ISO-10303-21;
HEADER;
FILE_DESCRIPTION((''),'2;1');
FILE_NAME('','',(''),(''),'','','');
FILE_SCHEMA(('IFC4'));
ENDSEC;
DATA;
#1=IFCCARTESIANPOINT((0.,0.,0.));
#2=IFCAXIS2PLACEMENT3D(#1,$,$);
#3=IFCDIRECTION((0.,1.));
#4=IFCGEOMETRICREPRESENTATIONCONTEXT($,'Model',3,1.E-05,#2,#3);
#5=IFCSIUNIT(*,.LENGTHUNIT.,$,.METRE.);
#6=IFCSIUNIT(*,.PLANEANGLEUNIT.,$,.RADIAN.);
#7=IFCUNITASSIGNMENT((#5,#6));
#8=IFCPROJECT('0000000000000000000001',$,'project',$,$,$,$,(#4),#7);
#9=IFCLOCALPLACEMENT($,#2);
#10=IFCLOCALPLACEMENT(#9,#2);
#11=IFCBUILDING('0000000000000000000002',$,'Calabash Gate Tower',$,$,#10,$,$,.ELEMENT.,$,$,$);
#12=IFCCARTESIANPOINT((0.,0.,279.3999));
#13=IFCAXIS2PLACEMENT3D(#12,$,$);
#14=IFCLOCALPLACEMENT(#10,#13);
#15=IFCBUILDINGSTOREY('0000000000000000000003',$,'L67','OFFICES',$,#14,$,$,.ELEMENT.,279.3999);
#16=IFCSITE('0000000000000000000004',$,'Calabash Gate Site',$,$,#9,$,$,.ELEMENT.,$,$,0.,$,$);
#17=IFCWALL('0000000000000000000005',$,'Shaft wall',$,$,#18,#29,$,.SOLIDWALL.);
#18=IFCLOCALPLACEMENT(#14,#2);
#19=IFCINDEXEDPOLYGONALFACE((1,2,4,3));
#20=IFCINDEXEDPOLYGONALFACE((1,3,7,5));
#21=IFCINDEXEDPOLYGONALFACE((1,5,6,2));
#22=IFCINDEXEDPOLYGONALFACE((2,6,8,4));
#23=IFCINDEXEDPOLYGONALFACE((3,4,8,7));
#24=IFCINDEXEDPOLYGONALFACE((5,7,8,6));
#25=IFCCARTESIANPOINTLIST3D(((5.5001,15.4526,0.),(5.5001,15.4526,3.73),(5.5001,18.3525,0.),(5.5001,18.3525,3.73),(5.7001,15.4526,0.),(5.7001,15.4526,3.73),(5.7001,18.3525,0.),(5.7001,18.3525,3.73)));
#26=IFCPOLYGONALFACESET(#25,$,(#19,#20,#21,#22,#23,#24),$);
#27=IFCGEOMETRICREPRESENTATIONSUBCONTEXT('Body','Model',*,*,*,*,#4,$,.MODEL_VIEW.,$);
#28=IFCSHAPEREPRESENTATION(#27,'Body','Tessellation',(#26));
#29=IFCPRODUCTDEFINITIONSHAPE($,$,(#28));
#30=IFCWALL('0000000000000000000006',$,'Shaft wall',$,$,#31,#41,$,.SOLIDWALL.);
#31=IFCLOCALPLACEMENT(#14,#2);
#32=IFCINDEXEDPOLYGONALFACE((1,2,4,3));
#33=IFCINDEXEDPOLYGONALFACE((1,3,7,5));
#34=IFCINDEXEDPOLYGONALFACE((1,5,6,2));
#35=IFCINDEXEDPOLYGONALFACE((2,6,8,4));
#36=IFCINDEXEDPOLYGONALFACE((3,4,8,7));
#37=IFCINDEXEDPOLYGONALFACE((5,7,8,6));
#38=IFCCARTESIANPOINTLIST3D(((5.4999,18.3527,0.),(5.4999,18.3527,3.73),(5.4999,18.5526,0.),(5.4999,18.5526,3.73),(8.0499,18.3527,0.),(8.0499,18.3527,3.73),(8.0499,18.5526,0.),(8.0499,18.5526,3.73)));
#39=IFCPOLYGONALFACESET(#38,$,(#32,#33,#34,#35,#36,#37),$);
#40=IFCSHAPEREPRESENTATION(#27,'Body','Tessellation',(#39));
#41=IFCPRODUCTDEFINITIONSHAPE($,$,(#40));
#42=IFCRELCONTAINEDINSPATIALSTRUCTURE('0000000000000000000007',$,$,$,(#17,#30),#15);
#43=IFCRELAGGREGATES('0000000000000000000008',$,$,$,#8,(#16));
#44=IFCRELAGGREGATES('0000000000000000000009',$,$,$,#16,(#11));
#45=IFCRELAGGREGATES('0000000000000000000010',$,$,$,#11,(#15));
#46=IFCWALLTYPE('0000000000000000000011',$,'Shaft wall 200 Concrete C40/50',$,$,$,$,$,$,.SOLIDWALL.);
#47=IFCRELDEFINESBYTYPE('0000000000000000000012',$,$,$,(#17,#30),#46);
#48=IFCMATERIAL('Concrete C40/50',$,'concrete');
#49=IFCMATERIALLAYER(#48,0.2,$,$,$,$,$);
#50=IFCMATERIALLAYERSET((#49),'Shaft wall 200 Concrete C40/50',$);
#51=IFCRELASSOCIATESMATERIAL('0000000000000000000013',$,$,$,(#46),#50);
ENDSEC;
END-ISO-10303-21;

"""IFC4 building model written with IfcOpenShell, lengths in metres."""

from ifc_helpers import new_model, si_unit, direction, frame, frame_2d, origin, place, context, subcontext, project, spatial, rectangle, extrude, material, layer, layer_set, type_object, element, save


model = new_model("IFC4")

# Units and contexts
model_context = context("Model", 3, precision=1e-05, world=origin(), true_north=direction((0.0, 1.0)))
body_context = subcontext(model_context, "Body", "Model", "MODEL_VIEW")
ifc_project = project(units=[si_unit("LENGTHUNIT", "METRE"), si_unit("PLANEANGLEUNIT", "RADIAN")], contexts=[model_context])

# Site, building, storey
site_placement = place(None, origin())
site = spatial("IfcSite", under=ifc_project, at=site_placement, Name="Calabash Gate Site", CompositionType="ELEMENT", RefElevation=0.0)
building_placement = place(site_placement, origin())
building = spatial("IfcBuilding", under=site, at=building_placement, Name="Calabash Gate Tower", CompositionType="ELEMENT")
storey_placement = place(building_placement, frame((0.0, 0.0, 279.3999)))
storey = spatial("IfcBuildingStorey", under=building, at=storey_placement, Name="L67", Description="OFFICES", CompositionType="ELEMENT", Elevation=279.3999)

# Shared definitions
ifc_material_1 = material(Name="Concrete C40/50", Category="concrete")
ifc_layer_1 = layer(ifc_material_1, 0.2)
ifc_layer_set_1 = layer_set([ifc_layer_1], Name="Shaft wall 200 Concrete C40/50")
wall_type_1 = type_object("IfcWallType", Name="Shaft wall 200 Concrete C40/50", PredefinedType="SOLIDWALL", material=ifc_layer_set_1)

# Walls
wall_1_placement = place(storey_placement, frame((5.6001, 15.4526, 0.0), z_axis=(0.0, 0.0, 1.0), x_axis=(0.0, 1.0, 0.0)))
element("IfcWall", 1, at=wall_1_placement, inside=storey, type_object=wall_type_1, Name="Shaft wall", PredefinedType="SOLIDWALL", context=body_context, shape_type="SweptSolid", body=[
    extrude(rectangle(XDim=2.8999, YDim=0.2, at=frame_2d((1.45, 0.0))), origin(), (0.0, 0.0, 1.0), 3.73),
])
wall_2_placement = place(storey_placement, frame((5.5, 18.4526, 0.0), z_axis=(0.0, 0.0, 1.0), x_axis=(1.0, 0.0, 0.0)))
element("IfcWall", 2, at=wall_2_placement, inside=storey, type_object=wall_type_1, Name="Shaft wall", PredefinedType="SOLIDWALL", context=body_context, shape_type="SweptSolid", body=[
    extrude(rectangle(XDim=2.55, YDim=0.2, at=frame_2d((1.2749, 0.0))), origin(), (0.0, 0.0, 1.0), 3.73),
])

save(model, "model.ifc")
